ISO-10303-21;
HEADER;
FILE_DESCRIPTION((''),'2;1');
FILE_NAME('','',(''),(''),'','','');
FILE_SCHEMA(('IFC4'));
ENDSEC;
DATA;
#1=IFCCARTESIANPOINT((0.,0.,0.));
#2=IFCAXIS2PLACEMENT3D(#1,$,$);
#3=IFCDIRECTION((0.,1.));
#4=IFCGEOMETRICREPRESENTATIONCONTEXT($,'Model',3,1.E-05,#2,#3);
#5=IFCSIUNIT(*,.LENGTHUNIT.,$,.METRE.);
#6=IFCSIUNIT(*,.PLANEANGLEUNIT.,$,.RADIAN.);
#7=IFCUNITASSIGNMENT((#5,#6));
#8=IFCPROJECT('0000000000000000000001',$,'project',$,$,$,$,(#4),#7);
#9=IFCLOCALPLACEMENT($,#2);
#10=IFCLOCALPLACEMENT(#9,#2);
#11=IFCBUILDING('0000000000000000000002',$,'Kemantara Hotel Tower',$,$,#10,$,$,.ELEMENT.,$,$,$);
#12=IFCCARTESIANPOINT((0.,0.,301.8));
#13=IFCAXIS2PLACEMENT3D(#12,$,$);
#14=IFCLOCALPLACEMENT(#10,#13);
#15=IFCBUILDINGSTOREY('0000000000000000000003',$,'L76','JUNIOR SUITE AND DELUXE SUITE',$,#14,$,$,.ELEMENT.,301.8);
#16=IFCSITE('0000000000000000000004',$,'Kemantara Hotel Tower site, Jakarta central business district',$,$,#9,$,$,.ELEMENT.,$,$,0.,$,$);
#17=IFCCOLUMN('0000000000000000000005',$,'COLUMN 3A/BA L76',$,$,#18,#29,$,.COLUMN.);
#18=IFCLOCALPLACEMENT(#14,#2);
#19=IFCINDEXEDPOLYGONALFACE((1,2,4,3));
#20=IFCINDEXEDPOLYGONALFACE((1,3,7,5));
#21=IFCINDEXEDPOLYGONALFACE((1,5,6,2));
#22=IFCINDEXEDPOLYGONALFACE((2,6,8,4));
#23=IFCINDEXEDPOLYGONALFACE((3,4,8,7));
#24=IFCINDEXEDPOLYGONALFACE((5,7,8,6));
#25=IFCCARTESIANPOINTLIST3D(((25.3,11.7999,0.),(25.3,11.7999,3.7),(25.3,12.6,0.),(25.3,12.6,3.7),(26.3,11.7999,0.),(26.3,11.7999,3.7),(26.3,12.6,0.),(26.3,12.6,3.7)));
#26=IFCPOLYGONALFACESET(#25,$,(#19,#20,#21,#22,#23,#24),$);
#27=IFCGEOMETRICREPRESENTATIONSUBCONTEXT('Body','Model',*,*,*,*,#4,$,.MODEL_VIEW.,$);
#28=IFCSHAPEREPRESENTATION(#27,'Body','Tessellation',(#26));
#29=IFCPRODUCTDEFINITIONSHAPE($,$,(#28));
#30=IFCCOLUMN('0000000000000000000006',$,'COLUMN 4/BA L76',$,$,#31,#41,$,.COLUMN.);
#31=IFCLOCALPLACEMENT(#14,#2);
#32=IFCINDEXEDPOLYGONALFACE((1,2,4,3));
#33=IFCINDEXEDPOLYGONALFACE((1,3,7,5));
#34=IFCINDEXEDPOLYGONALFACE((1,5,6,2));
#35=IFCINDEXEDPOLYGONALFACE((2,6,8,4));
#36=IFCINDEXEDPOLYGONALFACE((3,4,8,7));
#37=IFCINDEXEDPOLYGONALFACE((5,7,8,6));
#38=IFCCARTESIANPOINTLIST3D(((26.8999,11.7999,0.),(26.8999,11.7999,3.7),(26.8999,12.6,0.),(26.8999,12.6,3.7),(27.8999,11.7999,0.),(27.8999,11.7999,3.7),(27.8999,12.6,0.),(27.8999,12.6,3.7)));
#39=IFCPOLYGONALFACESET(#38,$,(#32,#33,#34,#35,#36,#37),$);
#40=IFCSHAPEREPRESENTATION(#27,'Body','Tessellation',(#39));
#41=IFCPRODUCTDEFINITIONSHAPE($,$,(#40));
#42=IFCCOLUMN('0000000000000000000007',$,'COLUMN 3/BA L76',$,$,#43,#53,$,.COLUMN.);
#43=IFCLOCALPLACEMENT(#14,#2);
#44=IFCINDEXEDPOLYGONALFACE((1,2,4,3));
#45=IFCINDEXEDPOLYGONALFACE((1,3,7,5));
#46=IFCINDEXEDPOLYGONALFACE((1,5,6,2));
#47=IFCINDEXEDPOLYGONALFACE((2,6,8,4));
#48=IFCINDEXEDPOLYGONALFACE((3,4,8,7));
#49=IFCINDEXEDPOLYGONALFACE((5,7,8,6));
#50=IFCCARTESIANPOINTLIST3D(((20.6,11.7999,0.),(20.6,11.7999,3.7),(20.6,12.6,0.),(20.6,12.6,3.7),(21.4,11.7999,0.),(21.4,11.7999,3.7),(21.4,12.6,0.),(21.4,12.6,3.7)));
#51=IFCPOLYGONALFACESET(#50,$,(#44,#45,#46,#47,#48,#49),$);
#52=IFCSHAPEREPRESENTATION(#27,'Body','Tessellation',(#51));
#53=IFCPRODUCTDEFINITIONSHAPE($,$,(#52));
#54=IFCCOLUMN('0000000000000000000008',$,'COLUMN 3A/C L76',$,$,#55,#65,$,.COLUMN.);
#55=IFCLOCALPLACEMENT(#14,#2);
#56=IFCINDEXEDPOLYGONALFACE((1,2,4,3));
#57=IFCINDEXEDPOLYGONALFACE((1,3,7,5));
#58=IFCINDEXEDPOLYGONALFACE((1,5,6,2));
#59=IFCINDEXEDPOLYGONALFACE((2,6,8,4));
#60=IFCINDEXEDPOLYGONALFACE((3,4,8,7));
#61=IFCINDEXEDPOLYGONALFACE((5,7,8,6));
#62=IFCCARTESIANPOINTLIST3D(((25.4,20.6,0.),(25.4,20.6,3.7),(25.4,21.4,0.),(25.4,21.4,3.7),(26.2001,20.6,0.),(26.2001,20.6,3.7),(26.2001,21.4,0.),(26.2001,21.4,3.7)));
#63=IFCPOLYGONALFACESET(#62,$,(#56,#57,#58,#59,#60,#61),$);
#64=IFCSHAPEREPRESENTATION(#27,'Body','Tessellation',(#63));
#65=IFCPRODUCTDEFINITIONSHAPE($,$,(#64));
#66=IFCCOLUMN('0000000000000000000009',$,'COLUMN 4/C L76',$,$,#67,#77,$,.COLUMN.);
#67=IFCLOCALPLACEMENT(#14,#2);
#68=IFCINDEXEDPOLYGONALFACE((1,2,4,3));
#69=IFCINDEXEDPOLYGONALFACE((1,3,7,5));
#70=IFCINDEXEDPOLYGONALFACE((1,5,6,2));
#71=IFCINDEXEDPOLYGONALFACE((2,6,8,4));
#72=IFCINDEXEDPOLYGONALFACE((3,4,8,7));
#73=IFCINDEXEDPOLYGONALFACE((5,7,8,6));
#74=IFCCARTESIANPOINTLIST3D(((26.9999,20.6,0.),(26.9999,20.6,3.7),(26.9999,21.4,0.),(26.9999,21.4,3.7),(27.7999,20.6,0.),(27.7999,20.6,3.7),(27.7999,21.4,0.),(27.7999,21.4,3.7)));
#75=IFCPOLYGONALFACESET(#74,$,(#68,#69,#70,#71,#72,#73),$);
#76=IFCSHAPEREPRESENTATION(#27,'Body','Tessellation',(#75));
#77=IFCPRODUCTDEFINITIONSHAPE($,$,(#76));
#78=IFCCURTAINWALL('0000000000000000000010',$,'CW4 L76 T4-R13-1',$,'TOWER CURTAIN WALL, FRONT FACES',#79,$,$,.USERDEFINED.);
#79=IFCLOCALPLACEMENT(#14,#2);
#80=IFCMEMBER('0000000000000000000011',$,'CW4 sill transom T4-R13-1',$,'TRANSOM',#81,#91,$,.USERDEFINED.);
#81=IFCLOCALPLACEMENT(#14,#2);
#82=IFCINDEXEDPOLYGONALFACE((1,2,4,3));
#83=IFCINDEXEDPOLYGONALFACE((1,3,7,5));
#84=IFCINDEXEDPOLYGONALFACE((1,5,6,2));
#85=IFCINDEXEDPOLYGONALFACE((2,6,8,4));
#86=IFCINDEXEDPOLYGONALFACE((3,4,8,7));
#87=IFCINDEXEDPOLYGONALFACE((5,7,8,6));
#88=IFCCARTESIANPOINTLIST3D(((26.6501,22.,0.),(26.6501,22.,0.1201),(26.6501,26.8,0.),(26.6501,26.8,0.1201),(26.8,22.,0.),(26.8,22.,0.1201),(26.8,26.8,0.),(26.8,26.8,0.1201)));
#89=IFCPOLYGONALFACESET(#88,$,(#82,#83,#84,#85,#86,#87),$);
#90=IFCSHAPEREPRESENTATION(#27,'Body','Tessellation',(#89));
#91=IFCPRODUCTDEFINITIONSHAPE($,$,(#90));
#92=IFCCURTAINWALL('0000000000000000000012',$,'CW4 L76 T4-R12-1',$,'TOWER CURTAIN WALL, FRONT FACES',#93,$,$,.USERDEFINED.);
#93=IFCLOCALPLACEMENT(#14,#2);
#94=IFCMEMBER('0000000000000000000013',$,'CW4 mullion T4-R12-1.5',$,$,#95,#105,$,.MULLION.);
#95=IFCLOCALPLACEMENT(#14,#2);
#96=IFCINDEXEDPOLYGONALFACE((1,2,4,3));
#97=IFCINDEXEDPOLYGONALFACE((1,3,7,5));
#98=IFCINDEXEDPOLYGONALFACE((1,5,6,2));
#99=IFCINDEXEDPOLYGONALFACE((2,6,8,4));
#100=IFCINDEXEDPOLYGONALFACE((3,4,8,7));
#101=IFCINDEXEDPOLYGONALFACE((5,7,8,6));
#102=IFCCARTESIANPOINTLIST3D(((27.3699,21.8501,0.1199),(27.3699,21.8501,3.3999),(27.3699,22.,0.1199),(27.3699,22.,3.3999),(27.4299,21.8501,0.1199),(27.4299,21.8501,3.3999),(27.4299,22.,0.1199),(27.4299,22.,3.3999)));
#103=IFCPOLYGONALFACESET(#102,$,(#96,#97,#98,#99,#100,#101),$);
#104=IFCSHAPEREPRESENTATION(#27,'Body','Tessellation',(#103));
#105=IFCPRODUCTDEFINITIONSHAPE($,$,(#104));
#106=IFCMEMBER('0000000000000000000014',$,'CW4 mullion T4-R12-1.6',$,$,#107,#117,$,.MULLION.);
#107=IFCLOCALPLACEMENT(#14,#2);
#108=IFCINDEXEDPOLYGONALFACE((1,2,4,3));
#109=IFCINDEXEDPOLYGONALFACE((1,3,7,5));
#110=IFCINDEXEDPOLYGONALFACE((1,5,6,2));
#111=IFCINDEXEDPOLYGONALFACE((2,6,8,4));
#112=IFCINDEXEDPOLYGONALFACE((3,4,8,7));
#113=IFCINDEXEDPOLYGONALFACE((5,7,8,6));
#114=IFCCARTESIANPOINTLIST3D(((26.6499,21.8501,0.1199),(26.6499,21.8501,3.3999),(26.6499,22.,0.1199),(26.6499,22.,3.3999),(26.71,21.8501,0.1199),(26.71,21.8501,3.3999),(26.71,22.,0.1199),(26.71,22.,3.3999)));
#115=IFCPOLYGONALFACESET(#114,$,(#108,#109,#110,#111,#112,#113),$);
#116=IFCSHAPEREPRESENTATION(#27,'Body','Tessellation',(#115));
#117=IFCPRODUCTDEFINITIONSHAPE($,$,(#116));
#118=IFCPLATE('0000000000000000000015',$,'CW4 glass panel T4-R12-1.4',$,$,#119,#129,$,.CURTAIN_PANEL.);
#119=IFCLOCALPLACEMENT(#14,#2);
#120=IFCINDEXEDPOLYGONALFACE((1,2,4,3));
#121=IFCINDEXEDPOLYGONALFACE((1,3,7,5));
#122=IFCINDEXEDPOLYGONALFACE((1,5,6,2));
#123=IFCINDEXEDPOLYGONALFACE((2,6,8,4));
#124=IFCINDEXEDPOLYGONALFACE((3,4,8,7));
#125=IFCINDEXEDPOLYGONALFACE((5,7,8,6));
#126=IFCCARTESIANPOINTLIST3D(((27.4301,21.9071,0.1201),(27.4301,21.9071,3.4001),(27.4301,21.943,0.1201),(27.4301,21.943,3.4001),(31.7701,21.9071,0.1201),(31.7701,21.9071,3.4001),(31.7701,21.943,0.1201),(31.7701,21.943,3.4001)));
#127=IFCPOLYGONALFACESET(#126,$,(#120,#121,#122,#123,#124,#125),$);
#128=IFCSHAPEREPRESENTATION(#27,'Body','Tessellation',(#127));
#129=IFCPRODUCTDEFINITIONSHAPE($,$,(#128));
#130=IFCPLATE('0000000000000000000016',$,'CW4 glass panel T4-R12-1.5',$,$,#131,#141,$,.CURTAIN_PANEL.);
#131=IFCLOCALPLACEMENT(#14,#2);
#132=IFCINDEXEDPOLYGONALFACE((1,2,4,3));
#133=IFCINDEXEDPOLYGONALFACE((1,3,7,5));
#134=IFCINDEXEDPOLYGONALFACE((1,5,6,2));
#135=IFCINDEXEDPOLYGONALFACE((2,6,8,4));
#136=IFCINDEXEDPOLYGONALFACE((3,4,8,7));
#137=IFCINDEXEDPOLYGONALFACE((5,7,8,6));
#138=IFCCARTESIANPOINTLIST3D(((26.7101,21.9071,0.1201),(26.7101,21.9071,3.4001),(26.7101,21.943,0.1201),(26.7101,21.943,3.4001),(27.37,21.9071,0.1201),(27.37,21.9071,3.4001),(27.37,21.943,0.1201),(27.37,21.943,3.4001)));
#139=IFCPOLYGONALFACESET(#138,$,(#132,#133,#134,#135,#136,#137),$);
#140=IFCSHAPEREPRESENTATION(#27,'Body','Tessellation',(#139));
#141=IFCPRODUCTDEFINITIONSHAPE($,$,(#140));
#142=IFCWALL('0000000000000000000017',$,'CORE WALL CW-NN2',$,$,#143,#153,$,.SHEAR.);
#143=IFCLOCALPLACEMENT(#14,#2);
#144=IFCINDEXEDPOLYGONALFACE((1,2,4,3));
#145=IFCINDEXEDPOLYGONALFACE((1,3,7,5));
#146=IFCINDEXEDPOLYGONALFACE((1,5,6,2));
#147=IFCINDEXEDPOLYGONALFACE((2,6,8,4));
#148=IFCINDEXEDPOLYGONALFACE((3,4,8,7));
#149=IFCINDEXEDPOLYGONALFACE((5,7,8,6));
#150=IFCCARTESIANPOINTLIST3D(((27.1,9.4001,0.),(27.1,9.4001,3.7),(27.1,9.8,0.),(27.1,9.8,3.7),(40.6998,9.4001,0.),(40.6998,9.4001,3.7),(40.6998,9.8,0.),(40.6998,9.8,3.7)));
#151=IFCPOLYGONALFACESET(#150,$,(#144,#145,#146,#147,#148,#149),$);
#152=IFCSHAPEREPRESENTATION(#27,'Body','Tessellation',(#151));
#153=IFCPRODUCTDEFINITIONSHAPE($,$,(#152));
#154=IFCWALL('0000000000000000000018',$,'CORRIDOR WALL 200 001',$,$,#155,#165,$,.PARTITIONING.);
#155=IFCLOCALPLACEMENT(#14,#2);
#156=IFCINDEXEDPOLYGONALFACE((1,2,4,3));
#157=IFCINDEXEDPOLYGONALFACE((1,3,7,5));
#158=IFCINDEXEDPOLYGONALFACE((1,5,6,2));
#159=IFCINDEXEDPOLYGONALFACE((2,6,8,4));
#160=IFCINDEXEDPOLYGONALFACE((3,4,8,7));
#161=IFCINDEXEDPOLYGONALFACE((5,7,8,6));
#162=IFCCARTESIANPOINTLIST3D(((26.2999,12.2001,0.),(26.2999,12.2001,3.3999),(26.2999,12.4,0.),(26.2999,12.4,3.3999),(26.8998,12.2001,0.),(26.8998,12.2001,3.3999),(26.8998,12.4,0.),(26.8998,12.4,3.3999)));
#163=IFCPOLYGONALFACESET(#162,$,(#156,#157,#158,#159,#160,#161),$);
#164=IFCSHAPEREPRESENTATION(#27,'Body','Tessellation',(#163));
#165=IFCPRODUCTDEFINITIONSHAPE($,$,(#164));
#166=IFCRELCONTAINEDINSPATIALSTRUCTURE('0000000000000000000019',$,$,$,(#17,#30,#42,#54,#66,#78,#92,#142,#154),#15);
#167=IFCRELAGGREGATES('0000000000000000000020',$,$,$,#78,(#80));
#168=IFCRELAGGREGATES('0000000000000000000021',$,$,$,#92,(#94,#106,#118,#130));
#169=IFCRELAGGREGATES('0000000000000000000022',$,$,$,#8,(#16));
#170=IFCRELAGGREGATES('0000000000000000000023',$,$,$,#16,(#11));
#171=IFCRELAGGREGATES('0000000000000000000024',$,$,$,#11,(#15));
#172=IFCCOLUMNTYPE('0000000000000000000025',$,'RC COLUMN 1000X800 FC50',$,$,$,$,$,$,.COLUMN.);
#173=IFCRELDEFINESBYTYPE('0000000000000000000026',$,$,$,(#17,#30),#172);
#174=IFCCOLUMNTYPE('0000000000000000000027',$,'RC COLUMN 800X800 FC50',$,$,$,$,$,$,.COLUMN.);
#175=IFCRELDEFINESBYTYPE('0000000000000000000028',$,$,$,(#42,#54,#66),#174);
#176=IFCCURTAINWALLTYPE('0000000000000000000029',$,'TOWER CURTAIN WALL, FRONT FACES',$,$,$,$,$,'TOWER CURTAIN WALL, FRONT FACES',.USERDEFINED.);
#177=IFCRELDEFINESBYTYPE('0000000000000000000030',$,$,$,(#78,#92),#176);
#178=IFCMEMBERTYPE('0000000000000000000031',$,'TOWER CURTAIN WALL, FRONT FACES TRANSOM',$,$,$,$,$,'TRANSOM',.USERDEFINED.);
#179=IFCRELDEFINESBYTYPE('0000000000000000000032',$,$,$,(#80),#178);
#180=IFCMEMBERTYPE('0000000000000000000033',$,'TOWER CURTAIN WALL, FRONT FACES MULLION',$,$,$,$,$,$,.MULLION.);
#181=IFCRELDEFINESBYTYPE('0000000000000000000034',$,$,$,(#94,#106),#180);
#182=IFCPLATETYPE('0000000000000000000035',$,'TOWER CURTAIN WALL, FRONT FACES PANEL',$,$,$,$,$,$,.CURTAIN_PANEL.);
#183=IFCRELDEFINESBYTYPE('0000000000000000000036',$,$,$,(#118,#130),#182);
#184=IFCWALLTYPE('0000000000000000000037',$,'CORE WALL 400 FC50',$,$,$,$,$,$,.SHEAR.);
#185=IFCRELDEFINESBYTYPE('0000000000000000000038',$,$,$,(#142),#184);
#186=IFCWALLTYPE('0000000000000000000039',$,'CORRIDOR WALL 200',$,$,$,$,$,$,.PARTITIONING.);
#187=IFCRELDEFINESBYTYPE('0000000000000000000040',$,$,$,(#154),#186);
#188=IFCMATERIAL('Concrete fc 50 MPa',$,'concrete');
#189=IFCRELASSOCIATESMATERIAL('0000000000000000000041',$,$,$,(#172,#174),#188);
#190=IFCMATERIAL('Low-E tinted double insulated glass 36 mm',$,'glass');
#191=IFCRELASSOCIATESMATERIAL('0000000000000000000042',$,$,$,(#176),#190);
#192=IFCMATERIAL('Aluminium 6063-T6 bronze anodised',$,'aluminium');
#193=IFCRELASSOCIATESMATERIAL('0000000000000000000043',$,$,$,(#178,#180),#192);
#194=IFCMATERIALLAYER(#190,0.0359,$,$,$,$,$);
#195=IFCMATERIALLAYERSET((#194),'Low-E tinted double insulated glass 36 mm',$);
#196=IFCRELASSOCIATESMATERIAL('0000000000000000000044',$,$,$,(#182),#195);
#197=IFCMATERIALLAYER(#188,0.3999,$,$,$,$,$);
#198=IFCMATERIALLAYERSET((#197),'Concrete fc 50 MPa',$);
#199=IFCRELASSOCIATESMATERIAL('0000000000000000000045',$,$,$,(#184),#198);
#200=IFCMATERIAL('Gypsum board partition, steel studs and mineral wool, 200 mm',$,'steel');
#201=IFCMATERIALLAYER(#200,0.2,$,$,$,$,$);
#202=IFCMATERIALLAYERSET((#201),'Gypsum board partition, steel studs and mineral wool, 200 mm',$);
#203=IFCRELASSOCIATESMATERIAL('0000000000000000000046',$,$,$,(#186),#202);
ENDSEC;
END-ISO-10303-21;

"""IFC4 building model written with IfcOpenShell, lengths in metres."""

from ifc_helpers import new_model, si_unit, direction, frame, frame_2d, origin, origin_2d, place, context, subcontext, project, spatial, rectangle, extrude, source, transform, mapped, material, layer, layer_set, material_profile, profile_set, type_object, element, aggregate, save


model = new_model("IFC4")

# Units and contexts
model_context = context("Model", 3, precision=1e-05, world=origin(), true_north=direction((0.0, 1.0)))
body_context = subcontext(model_context, "Body", "Model", "MODEL_VIEW")
ifc_project = project(units=[si_unit("LENGTHUNIT", "METRE"), si_unit("PLANEANGLEUNIT", "RADIAN")], contexts=[model_context])

# Site, building, storey
site_placement = place(None, origin())
site = spatial("IfcSite", under=ifc_project, at=site_placement, Name="Kemantara Hotel Tower site, Jakarta central business district", CompositionType="ELEMENT", RefElevation=0.0)
building_placement = place(site_placement, origin())
building = spatial("IfcBuilding", under=site, at=building_placement, Name="Kemantara Hotel Tower", CompositionType="ELEMENT")
storey_placement = place(building_placement, frame((0.0, 0.0, 301.8)))
storey = spatial("IfcBuildingStorey", under=building, at=storey_placement, Name="L76", Description="JUNIOR SUITE AND DELUXE SUITE", CompositionType="ELEMENT", Elevation=301.8)

# Columns
ifc_material_1 = material(Name="Concrete fc 50 MPa", Category="concrete")
ifc_material_profile_1 = material_profile(ifc_material_1, rectangle(XDim=1.0, YDim=0.8, at=origin_2d()), Name="RC 1000X800")
ifc_profile_set_1 = profile_set([ifc_material_profile_1], Name="Concrete fc 50 MPa")
column_type_1 = type_object("IfcColumnType", Name="RC COLUMN 1000X800 FC50", PredefinedType="COLUMN", material=ifc_profile_set_1)
for number, where, z_axis, x_axis, name in (
    (1, (25.8, 12.2, 0.0), (0.0, 0.0, 1.0), (1.0, 0.0, 0.0), "COLUMN 3A/BA L76"),
    (2, (27.3999, 12.2, 0.0), (0.0, 0.0, 1.0), (1.0, 0.0, 0.0), "COLUMN 4/BA L76"),
):
    element("IfcColumn", number, at=place(storey_placement, frame(where, z_axis=z_axis, x_axis=x_axis)), inside=storey, type_object=column_type_1, Name=name, PredefinedType="COLUMN", context=body_context, shape_type="SweptSolid", body=[
        extrude(rectangle(XDim=1.0, YDim=0.8, at=origin_2d()), origin(), (0.0, 0.0, 1.0), 3.7),
    ])
ifc_material_profile_2 = material_profile(ifc_material_1, rectangle(XDim=0.8, YDim=0.8, at=origin_2d()), Name="RC 800X800")
ifc_profile_set_2 = profile_set([ifc_material_profile_2], Name="Concrete fc 50 MPa")
column_type_2 = type_object("IfcColumnType", Name="RC COLUMN 800X800 FC50", PredefinedType="COLUMN", material=ifc_profile_set_2)
for number, where, z_axis, x_axis, name in (
    (3, (21.0, 12.2, 0.0), (0.0, 0.0, 1.0), (1.0, 0.0, 0.0), "COLUMN 3/BA L76"),
    (4, (25.8, 21.0, 0.0), (0.0, 0.0, 1.0), (1.0, 0.0, 0.0), "COLUMN 3A/C L76"),
    (5, (27.3999, 21.0, 0.0), (0.0, 0.0, 1.0), (1.0, 0.0, 0.0), "COLUMN 4/C L76"),
):
    element("IfcColumn", number, at=place(storey_placement, frame(where, z_axis=z_axis, x_axis=x_axis)), inside=storey, type_object=column_type_2, Name=name, PredefinedType="COLUMN", context=body_context, shape_type="SweptSolid", body=[
        extrude(rectangle(XDim=0.8, YDim=0.8, at=origin_2d()), origin(), (0.0, 0.0, 1.0), 3.7),
    ])

# Curtain wall, member
ifc_material_2 = material(Name="Low-E tinted double insulated glass 36 mm", Category="glass")
curtain_wall_type = type_object("IfcCurtainWallType", Name="TOWER CURTAIN WALL, FRONT FACES", ElementType="TOWER CURTAIN WALL, FRONT FACES", PredefinedType="USERDEFINED", material=ifc_material_2)
curtain_wall_1_placement = place(storey_placement, origin())
curtain_wall_1 = element("IfcCurtainWall", 6, at=curtain_wall_1_placement, inside=storey, type_object=curtain_wall_type, Name="CW4 L76 T4-R13-1", ObjectType="TOWER CURTAIN WALL, FRONT FACES", PredefinedType="USERDEFINED")
ifc_material_3 = material(Name="Aluminium 6063-T6 bronze anodised", Category="aluminium")
ifc_material_profile_3 = material_profile(ifc_material_3, rectangle(XDim=0.1499, YDim=0.1201, at=origin_2d()), Name="TOWER CURTAIN WALL, FRONT FACES TRANSOM")
ifc_profile_set_3 = profile_set([ifc_material_profile_3], Name="Aluminium 6063-T6 bronze anodised")
member_type_1 = type_object("IfcMemberType", Name="TOWER CURTAIN WALL, FRONT FACES TRANSOM", ElementType="TRANSOM", PredefinedType="USERDEFINED", material=ifc_profile_set_3)
member_1_placement = place(storey_placement, frame((26.7251, 22.0, 0.0601), z_axis=(0.0, 1.0, 0.0), x_axis=(-1.0, 0.0, 0.0)))
member_1 = element("IfcMember", 7, at=member_1_placement, type_object=member_type_1, Name="CW4 sill transom T4-R13-1", ObjectType="TRANSOM", PredefinedType="USERDEFINED", context=body_context, shape_type="SweptSolid", body=[
    extrude(rectangle(XDim=0.1499, YDim=0.1201, at=origin_2d()), origin(), (0.0, 0.0, 1.0), 4.8),
])
aggregate(curtain_wall_1, [member_1])

# Curtain wall, members, plates
curtain_wall_2_placement = place(storey_placement, origin())
curtain_wall_2 = element("IfcCurtainWall", 8, at=curtain_wall_2_placement, inside=storey, type_object=curtain_wall_type, Name="CW4 L76 T4-R12-1", ObjectType="TOWER CURTAIN WALL, FRONT FACES", PredefinedType="USERDEFINED")
ifc_material_profile_4 = material_profile(ifc_material_3, rectangle(XDim=0.1499, YDim=0.0601, at=origin_2d()), Name="TOWER CURTAIN WALL, FRONT FACES MULLION")
ifc_profile_set_4 = profile_set([ifc_material_profile_4], Name="Aluminium 6063-T6 bronze anodised")
member_type_2 = type_object("IfcMemberType", Name="TOWER CURTAIN WALL, FRONT FACES MULLION", PredefinedType="MULLION", material=ifc_profile_set_4)
shared_shape_1 = source(origin(), body_context, "Body", "SweptSolid", [
    extrude(rectangle(XDim=0.1499, YDim=0.0601, at=origin_2d()), origin(), (0.0, 0.0, 1.0), 3.28),
])
member_2_placement = place(storey_placement, frame((27.3999, 21.925, 0.1199), z_axis=(0.0, 0.0, 1.0), x_axis=(0.0, -1.0, 0.0)))
member_2 = element("IfcMember", 9, at=member_2_placement, type_object=member_type_2, Name="CW4 mullion T4-R12-1.5", PredefinedType="MULLION", context=body_context, shape_type="MappedRepresentation", body=[
    mapped(shared_shape_1, transform((0.0, 0.0, 0.0))),
])
member_3_placement = place(storey_placement, frame((26.6799, 21.925, 0.1199), z_axis=(0.0, 0.0, 1.0), x_axis=(0.0, -1.0, 0.0)))
member_3 = element("IfcMember", 10, at=member_3_placement, type_object=member_type_2, Name="CW4 mullion T4-R12-1.6", PredefinedType="MULLION", context=body_context, shape_type="MappedRepresentation", body=[
    mapped(shared_shape_1, transform((0.0, 0.0, 0.0))),
])
ifc_layer_1 = layer(ifc_material_2, 0.0359)
ifc_layer_set_1 = layer_set([ifc_layer_1], Name="Low-E tinted double insulated glass 36 mm")
plate_type = type_object("IfcPlateType", Name="TOWER CURTAIN WALL, FRONT FACES PANEL", PredefinedType="CURTAIN_PANEL", material=ifc_layer_set_1)
shared_shape_2 = source(origin(), body_context, "Body", "SweptSolid", [
    extrude(rectangle(XDim=4.3401, YDim=0.0359, at=origin_2d()), origin(), (0.0, 0.0, 1.0), 3.28),
])
plate_1_placement = place(storey_placement, frame((29.6001, 21.925, 0.1201), z_axis=(0.0, 0.0, 1.0), x_axis=(-1.0, 0.0, 0.0)))
plate_1 = element("IfcPlate", 11, at=plate_1_placement, type_object=plate_type, Name="CW4 glass panel T4-R12-1.4", PredefinedType="CURTAIN_PANEL", context=body_context, shape_type="MappedRepresentation", body=[
    mapped(shared_shape_2, transform((0.0, 0.0, 0.0))),
])
shared_shape_3 = source(origin(), body_context, "Body", "SweptSolid", [
    extrude(rectangle(XDim=0.6599, YDim=0.0359, at=origin_2d()), origin(), (0.0, 0.0, 1.0), 3.28),
])
plate_2_placement = place(storey_placement, frame((27.04, 21.925, 0.1201), z_axis=(0.0, 0.0, 1.0), x_axis=(-1.0, 0.0, 0.0)))
plate_2 = element("IfcPlate", 12, at=plate_2_placement, type_object=plate_type, Name="CW4 glass panel T4-R12-1.5", PredefinedType="CURTAIN_PANEL", context=body_context, shape_type="MappedRepresentation", body=[
    mapped(shared_shape_3, transform((0.0, 0.0, 0.0))),
])
aggregate(curtain_wall_2, [member_2, member_3, plate_1, plate_2])

# Walls
ifc_layer_2 = layer(ifc_material_1, 0.3999)
ifc_layer_set_2 = layer_set([ifc_layer_2], Name="Concrete fc 50 MPa")
wall_type_1 = type_object("IfcWallType", Name="CORE WALL 400 FC50", PredefinedType="SHEAR", material=ifc_layer_set_2)
wall_1_placement = place(storey_placement, frame((27.1001, 9.6001, 0.0), z_axis=(0.0, 0.0, 1.0), x_axis=(1.0, 0.0, 0.0)))
element("IfcWall", 13, at=wall_1_placement, inside=storey, type_object=wall_type_1, Name="CORE WALL CW-NN2", PredefinedType="SHEAR", context=body_context, shape_type="SweptSolid", body=[
    extrude(rectangle(XDim=13.5999, YDim=0.3999, at=frame_2d((6.7998, 0.0))), origin(), (0.0, 0.0, 1.0), 3.7),
])
ifc_material_4 = material(Name="Gypsum board partition, steel studs and mineral wool, 200 mm", Category="steel")
ifc_layer_3 = layer(ifc_material_4, 0.2)
ifc_layer_set_3 = layer_set([ifc_layer_3], Name="Gypsum board partition, steel studs and mineral wool, 200 mm")
wall_type_2 = type_object("IfcWallType", Name="CORRIDOR WALL 200", PredefinedType="PARTITIONING", material=ifc_layer_set_3)
wall_2_placement = place(storey_placement, frame((26.3, 12.3, 0.0), z_axis=(0.0, 0.0, 1.0), x_axis=(1.0, 0.0, 0.0)))
element("IfcWall", 14, at=wall_2_placement, inside=storey, type_object=wall_type_2, Name="CORRIDOR WALL 200 001", PredefinedType="PARTITIONING", context=body_context, shape_type="SweptSolid", body=[
    extrude(rectangle(XDim=0.5999, YDim=0.2, at=frame_2d((0.2998, 0.0))), origin(), (0.0, 0.0, 1.0), 3.3999),
])

save(model, "model.ifc")
